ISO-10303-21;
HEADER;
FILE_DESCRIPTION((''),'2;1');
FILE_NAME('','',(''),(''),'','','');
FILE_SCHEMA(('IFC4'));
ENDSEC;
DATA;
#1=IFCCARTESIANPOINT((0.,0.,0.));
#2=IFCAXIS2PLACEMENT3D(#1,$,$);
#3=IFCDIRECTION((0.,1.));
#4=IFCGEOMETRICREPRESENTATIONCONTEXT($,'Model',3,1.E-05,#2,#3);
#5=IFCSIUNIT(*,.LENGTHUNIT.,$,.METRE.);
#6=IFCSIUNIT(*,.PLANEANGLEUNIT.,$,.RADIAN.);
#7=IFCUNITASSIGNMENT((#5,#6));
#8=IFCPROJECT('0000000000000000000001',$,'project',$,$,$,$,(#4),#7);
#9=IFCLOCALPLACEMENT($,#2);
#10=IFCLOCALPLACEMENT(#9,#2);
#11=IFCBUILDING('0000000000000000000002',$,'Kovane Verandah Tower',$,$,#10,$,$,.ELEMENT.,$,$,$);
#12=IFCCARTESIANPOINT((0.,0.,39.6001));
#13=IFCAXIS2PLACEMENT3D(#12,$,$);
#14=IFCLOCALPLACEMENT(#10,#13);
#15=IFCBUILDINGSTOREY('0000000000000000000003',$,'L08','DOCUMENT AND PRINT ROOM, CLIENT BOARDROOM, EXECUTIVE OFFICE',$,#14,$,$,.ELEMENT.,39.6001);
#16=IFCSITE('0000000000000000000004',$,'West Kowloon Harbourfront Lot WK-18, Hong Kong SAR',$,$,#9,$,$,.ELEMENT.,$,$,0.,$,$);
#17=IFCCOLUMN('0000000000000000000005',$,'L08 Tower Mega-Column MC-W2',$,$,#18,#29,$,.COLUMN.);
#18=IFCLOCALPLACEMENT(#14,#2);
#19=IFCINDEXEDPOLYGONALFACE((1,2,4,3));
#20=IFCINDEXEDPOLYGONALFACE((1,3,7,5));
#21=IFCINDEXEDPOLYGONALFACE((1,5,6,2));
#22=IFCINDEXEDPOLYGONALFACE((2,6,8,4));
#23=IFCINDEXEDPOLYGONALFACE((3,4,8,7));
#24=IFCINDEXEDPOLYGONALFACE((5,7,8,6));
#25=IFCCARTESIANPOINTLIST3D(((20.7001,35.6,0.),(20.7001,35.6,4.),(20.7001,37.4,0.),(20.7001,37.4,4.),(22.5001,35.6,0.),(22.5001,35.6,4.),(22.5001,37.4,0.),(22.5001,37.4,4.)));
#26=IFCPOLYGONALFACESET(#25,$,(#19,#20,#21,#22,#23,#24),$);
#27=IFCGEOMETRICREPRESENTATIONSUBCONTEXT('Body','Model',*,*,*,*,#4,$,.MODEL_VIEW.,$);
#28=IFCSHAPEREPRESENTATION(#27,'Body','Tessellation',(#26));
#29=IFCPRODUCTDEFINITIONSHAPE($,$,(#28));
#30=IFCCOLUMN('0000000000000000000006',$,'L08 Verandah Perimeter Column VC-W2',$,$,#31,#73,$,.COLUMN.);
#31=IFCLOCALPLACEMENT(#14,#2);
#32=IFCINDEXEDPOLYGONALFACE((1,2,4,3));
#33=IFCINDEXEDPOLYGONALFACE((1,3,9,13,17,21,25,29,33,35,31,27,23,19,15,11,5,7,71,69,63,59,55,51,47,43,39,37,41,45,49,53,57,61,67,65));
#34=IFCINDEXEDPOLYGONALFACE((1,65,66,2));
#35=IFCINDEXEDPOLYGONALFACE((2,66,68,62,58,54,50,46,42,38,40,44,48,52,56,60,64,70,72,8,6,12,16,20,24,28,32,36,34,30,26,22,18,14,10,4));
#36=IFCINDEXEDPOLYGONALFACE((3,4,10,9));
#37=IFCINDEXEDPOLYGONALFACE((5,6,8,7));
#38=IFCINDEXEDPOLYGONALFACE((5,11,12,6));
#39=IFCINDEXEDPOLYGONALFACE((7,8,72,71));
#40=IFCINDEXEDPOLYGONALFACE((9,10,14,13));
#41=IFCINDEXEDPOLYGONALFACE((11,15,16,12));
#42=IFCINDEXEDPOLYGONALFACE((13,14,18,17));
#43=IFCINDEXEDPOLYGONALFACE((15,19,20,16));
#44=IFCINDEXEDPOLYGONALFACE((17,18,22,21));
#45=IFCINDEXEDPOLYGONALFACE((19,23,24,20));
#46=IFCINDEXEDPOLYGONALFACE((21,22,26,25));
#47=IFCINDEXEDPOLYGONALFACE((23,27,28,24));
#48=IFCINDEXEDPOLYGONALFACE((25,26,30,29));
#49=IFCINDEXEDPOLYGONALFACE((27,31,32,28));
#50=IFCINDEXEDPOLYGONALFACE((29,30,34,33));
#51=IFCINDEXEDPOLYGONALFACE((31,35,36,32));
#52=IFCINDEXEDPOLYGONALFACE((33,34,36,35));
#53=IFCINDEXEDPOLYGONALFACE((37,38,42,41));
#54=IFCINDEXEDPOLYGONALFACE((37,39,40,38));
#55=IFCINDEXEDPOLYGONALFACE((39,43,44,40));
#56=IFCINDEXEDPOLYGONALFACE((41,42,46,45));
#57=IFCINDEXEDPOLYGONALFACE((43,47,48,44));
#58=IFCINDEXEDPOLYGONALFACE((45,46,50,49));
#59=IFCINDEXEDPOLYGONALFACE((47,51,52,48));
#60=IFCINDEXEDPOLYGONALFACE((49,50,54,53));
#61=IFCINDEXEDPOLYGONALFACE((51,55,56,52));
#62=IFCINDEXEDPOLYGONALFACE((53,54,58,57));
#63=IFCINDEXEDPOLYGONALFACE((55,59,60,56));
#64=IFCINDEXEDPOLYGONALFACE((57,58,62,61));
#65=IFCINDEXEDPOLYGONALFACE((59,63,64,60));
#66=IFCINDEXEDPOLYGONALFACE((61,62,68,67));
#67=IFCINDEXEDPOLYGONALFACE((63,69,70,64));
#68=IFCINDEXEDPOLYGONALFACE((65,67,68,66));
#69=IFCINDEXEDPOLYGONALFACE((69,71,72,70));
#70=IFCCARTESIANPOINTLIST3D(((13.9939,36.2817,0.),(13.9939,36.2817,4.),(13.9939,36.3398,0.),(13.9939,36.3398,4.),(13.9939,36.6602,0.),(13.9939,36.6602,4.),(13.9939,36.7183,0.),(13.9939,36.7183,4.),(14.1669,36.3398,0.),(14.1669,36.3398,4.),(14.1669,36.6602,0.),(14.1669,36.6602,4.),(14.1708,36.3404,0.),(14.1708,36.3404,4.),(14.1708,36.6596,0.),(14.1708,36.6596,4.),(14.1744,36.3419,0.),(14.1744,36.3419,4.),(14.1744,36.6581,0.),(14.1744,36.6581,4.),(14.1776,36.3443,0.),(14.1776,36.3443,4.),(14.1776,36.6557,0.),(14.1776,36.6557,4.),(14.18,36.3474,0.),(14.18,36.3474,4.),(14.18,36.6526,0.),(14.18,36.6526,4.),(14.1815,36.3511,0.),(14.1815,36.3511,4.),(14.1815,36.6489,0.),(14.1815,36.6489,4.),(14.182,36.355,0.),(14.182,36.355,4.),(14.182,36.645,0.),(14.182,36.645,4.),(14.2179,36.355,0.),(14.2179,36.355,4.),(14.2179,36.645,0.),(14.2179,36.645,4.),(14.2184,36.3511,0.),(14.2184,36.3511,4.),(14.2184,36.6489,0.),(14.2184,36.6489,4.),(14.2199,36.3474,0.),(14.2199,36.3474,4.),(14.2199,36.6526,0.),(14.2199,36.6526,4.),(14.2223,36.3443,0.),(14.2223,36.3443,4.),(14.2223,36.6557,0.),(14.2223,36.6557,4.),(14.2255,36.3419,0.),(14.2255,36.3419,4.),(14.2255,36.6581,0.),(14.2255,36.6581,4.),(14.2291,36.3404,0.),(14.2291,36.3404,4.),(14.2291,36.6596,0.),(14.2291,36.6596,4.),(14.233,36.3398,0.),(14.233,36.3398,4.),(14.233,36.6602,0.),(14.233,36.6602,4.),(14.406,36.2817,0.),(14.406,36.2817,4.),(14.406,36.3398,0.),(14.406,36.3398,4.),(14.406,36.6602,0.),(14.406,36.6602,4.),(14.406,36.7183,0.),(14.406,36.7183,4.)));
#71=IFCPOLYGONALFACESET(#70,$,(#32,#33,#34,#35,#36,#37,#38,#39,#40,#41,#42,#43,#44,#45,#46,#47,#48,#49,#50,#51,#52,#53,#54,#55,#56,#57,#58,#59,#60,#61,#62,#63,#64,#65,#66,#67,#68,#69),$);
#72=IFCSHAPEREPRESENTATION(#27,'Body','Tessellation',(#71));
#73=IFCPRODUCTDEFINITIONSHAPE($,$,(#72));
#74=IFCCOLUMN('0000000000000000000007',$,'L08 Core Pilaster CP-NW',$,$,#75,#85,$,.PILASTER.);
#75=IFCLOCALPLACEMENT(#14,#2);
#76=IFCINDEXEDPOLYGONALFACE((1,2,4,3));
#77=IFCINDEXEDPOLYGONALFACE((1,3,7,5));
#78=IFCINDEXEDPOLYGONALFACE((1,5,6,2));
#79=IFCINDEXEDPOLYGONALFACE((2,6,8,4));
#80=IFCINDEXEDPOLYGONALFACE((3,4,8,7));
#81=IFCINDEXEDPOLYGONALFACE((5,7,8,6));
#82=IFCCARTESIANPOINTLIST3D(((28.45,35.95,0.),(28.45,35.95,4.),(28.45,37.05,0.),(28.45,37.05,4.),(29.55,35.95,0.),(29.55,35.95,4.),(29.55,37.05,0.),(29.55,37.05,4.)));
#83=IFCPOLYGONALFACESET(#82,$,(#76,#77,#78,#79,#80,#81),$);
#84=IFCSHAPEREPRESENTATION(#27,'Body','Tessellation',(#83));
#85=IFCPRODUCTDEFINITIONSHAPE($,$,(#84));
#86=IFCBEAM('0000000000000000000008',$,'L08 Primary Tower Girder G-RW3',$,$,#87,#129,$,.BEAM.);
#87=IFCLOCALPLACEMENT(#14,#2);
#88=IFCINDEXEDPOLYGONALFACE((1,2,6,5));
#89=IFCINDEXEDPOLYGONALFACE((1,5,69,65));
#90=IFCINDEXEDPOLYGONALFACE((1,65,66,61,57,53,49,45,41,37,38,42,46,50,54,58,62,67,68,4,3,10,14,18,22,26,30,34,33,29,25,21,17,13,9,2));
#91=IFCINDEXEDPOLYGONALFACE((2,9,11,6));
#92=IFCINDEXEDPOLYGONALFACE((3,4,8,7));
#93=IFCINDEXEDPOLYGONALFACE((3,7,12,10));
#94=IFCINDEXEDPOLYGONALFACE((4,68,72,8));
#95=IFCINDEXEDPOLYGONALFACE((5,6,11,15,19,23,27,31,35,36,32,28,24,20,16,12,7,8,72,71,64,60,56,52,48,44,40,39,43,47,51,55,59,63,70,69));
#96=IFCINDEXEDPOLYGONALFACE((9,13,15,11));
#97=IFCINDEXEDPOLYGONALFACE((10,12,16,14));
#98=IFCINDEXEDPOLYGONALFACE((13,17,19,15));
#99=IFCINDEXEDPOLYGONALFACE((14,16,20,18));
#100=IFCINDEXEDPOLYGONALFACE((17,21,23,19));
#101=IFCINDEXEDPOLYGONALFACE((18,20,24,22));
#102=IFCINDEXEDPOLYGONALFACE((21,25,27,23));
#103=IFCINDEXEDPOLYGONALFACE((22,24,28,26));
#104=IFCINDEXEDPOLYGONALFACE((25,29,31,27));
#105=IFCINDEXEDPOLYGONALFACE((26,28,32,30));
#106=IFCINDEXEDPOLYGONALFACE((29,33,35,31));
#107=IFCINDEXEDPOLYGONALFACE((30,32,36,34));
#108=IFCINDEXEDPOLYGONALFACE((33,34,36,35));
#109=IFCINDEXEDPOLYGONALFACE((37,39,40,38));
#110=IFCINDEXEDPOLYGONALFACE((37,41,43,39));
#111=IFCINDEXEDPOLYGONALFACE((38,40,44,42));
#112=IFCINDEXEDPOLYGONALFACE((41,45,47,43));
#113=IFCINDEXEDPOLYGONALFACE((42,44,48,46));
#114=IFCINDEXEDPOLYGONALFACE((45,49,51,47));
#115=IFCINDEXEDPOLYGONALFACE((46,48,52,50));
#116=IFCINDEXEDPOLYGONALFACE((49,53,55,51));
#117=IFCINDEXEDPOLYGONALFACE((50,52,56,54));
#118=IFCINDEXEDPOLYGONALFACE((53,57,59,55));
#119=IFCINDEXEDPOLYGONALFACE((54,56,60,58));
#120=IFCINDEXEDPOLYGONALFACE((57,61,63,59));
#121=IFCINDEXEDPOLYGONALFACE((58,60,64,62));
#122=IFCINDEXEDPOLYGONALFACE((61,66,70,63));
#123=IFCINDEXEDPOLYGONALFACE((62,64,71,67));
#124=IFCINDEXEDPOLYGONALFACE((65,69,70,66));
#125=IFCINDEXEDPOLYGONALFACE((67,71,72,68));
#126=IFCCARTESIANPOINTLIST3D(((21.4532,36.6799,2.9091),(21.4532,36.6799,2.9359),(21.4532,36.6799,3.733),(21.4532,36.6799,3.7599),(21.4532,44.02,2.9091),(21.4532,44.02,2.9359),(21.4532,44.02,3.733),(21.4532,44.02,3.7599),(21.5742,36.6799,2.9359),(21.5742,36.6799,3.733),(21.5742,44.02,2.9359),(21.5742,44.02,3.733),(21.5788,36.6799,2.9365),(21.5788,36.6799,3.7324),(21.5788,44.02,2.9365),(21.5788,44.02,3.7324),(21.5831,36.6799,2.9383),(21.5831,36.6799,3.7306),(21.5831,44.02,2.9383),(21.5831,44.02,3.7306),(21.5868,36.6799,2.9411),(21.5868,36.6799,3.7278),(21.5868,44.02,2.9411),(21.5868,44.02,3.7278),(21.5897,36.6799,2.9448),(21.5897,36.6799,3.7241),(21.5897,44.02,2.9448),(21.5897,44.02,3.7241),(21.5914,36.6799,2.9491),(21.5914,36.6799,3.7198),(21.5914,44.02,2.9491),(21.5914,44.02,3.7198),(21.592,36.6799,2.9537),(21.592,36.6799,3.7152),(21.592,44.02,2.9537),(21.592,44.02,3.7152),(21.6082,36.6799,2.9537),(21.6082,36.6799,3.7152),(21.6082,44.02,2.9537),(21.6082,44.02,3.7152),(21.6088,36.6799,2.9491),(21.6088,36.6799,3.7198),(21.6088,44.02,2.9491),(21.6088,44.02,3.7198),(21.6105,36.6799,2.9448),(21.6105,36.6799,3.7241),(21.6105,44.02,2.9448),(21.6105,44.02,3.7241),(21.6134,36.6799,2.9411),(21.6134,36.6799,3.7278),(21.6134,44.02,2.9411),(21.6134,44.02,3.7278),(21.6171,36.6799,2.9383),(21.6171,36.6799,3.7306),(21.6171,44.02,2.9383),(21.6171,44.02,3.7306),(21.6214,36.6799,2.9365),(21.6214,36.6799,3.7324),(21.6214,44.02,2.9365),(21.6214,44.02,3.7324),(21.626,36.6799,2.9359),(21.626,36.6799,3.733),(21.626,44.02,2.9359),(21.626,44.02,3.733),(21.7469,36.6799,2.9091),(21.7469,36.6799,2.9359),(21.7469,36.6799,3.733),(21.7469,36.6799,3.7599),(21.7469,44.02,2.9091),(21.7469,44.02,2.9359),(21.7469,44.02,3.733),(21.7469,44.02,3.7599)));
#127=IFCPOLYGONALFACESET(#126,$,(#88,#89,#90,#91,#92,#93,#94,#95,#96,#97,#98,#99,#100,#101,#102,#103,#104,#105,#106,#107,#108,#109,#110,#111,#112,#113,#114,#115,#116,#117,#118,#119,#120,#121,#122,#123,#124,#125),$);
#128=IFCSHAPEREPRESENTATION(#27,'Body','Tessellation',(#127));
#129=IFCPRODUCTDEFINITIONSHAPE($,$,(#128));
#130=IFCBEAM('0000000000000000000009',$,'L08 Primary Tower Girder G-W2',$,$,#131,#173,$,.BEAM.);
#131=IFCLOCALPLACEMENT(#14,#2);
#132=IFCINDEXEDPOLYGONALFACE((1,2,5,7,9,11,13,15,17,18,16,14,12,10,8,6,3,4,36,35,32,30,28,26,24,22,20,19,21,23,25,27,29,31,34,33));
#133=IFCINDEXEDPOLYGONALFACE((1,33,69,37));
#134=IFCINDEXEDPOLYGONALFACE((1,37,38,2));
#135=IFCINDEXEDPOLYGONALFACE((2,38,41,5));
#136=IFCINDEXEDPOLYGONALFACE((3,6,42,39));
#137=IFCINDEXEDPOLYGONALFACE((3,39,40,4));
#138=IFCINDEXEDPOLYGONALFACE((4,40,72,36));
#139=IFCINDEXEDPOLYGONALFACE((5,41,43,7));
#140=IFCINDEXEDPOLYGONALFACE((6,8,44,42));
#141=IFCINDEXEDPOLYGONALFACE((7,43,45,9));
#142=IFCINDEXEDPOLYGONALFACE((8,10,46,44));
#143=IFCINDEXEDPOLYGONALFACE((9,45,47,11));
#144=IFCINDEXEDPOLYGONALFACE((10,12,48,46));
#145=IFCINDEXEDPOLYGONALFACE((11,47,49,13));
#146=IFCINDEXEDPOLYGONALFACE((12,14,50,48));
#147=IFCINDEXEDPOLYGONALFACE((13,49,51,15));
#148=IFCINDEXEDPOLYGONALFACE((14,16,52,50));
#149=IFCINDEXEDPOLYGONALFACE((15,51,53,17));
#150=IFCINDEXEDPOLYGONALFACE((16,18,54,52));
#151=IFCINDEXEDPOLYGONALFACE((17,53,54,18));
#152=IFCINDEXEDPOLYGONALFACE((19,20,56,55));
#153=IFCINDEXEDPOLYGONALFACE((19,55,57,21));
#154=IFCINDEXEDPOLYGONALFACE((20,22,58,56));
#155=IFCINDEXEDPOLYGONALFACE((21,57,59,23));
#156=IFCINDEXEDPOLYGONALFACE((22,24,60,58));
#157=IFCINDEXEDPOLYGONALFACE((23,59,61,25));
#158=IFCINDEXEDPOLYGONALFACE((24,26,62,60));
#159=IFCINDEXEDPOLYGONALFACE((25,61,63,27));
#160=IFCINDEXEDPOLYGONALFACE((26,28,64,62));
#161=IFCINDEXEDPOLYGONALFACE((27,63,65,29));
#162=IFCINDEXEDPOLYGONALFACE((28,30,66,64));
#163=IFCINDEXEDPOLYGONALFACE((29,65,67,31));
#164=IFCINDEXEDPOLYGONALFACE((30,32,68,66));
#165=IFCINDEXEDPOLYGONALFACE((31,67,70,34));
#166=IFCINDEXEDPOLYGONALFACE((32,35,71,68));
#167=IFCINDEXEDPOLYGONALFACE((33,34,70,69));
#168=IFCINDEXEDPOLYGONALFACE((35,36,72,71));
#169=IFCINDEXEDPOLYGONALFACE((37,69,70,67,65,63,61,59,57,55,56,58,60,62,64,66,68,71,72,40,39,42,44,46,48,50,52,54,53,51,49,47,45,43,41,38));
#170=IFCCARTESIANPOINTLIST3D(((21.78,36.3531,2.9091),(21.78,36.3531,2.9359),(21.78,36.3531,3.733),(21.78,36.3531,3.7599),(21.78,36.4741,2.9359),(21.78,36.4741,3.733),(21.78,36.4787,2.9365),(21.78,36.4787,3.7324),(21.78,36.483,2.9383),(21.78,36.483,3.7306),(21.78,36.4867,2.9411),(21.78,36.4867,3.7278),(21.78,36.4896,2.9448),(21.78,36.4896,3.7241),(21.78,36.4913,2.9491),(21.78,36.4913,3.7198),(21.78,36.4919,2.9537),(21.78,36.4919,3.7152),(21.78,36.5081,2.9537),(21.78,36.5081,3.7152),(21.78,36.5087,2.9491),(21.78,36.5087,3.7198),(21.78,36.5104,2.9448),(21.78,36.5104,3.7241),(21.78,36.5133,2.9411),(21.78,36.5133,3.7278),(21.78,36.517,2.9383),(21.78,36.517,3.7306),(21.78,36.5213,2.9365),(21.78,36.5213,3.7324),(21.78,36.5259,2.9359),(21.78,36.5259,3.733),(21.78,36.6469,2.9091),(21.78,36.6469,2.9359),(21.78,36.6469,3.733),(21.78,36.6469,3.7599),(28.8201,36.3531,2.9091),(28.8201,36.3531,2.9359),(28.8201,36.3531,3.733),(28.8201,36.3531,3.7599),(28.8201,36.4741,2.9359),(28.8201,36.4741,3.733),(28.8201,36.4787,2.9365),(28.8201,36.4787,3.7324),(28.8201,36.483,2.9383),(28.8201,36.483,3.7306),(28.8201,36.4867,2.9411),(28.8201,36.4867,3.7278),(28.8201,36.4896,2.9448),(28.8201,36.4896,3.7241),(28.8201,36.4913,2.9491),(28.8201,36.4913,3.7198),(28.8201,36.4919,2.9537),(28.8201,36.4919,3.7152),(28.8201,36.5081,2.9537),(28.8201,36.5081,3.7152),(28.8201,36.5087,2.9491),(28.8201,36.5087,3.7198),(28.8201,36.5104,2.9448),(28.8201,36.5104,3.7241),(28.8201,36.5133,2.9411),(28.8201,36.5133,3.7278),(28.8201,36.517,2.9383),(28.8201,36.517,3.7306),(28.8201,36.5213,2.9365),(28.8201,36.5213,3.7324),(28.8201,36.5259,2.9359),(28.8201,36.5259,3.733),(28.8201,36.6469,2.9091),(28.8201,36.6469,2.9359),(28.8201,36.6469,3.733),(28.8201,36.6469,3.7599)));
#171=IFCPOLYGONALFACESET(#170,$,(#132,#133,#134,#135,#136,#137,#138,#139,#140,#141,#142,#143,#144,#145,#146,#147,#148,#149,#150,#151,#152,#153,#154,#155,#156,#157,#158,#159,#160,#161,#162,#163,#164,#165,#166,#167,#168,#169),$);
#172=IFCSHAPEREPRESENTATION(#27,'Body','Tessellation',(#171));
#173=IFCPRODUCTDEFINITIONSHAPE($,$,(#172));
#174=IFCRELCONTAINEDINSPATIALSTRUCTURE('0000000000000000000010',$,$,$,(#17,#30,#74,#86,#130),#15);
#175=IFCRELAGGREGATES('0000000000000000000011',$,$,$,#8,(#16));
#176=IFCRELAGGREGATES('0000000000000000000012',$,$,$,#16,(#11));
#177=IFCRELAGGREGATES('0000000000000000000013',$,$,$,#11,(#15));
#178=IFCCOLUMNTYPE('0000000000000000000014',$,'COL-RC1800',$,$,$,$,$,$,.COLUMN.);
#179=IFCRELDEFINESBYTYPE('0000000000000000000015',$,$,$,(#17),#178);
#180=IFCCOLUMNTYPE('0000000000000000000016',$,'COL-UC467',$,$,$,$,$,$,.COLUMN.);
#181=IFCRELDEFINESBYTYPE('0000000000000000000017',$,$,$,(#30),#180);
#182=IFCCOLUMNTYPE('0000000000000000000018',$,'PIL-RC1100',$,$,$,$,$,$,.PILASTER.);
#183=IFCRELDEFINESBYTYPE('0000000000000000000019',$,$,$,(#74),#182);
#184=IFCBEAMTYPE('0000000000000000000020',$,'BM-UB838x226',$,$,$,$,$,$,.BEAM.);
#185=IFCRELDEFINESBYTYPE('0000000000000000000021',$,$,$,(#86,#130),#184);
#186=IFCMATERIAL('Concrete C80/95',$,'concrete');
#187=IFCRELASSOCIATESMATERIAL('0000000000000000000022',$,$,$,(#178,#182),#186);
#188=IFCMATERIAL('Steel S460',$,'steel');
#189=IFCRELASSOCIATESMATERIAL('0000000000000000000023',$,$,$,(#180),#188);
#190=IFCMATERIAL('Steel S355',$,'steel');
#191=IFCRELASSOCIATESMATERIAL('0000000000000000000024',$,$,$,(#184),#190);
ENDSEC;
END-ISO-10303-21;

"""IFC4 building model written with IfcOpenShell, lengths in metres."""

from ifc_helpers import new_model, si_unit, direction, frame, origin, origin_2d, place, context, subcontext, project, spatial, rectangle, i_section, extrude, material, material_profile, profile_set, type_object, element, save


model = new_model("IFC4")

# Units and contexts
model_context = context("Model", 3, precision=1e-05, world=origin(), true_north=direction((0.0, 1.0)))
body_context = subcontext(model_context, "Body", "Model", "MODEL_VIEW")
ifc_project = project(units=[si_unit("LENGTHUNIT", "METRE"), si_unit("PLANEANGLEUNIT", "RADIAN")], contexts=[model_context])

# Site, building, storey
site_placement = place(None, origin())
site = spatial("IfcSite", under=ifc_project, at=site_placement, Name="West Kowloon Harbourfront Lot WK-18, Hong Kong SAR", CompositionType="ELEMENT", RefElevation=0.0)
building_placement = place(site_placement, origin())
building = spatial("IfcBuilding", under=site, at=building_placement, Name="Kovane Verandah Tower", CompositionType="ELEMENT")
storey_placement = place(building_placement, frame((0.0, 0.0, 39.6001)))
storey = spatial("IfcBuildingStorey", under=building, at=storey_placement, Name="L08", Description="DOCUMENT AND PRINT ROOM, CLIENT BOARDROOM, EXECUTIVE OFFICE", CompositionType="ELEMENT", Elevation=39.6001)

# Columns
ifc_material_1 = material(Name="Concrete C80/95", Category="concrete")
ifc_material_profile_1 = material_profile(ifc_material_1, rectangle(XDim=1.8, YDim=1.8, at=origin_2d()), Name="RC1800x1800")
ifc_profile_set_1 = profile_set([ifc_material_profile_1], Name="Concrete C80/95")
column_type_1 = type_object("IfcColumnType", Name="COL-RC1800", PredefinedType="COLUMN", material=ifc_profile_set_1)
column_1_placement = place(storey_placement, frame((21.6001, 36.5, 0.0), z_axis=(0.0, 0.0, 1.0), x_axis=(1.0, 0.0, 0.0)))
element("IfcColumn", 1, at=column_1_placement, inside=storey, type_object=column_type_1, Name="L08 Tower Mega-Column MC-W2", PredefinedType="COLUMN", context=body_context, shape_type="SweptSolid", body=[
    extrude(rectangle(XDim=1.8, YDim=1.8, at=origin_2d()), origin(), (0.0, 0.0, 1.0), 4.0),
])
ifc_material_2 = material(Name="Steel S460", Category="steel")
ifc_material_profile_2 = material_profile(ifc_material_2, i_section(OverallWidth=0.4121, OverallDepth=0.4365, WebThickness=0.0359, FlangeThickness=0.0581, FilletRadius=0.0151, at=origin_2d()), Name="UC356x406x467")
ifc_profile_set_2 = profile_set([ifc_material_profile_2], Name="Steel S460")
column_type_2 = type_object("IfcColumnType", Name="COL-UC467", PredefinedType="COLUMN", material=ifc_profile_set_2)
column_2_placement = place(storey_placement, frame((14.2, 36.5, 0.0), z_axis=(0.0, 0.0, 1.0), x_axis=(1.0, 0.0, 0.0)))
element("IfcColumn", 2, at=column_2_placement, inside=storey, type_object=column_type_2, Name="L08 Verandah Perimeter Column VC-W2", PredefinedType="COLUMN", context=body_context, shape_type="SweptSolid", body=[
    extrude(i_section(OverallWidth=0.4121, OverallDepth=0.4365, WebThickness=0.0359, FlangeThickness=0.0581, FilletRadius=0.0151, at=origin_2d()), origin(), (0.0, 0.0, 1.0), 4.0),
])
ifc_material_profile_3 = material_profile(ifc_material_1, rectangle(XDim=1.1001, YDim=1.1001, at=origin_2d()), Name="RC1100x1100")
ifc_profile_set_3 = profile_set([ifc_material_profile_3], Name="Concrete C80/95")
column_type_3 = type_object("IfcColumnType", Name="PIL-RC1100", PredefinedType="PILASTER", material=ifc_profile_set_3)
column_3_placement = place(storey_placement, frame((29.0, 36.5, 0.0), z_axis=(0.0, 0.0, 1.0), x_axis=(1.0, 0.0, 0.0)))
element("IfcColumn", 3, at=column_3_placement, inside=storey, type_object=column_type_3, Name="L08 Core Pilaster CP-NW", PredefinedType="PILASTER", context=body_context, shape_type="SweptSolid", body=[
    extrude(rectangle(XDim=1.1001, YDim=1.1001, at=origin_2d()), origin(), (0.0, 0.0, 1.0), 4.0),
])

# Beams
ifc_material_3 = material(Name="Steel S355", Category="steel")
ifc_material_profile_4 = material_profile(ifc_material_3, i_section(OverallWidth=0.2937, OverallDepth=0.8508, WebThickness=0.0161, FlangeThickness=0.0269, FilletRadius=0.0178, at=origin_2d()), Name="UB838x292x226")
ifc_profile_set_4 = profile_set([ifc_material_profile_4], Name="Steel S355")
beam_type_1 = type_object("IfcBeamType", Name="BM-UB838x226", PredefinedType="BEAM", material=ifc_profile_set_4)
beam_1_placement = place(storey_placement, frame((21.6001, 36.6799, 3.3345), z_axis=(0.0, 1.0, 0.0), x_axis=(-1.0, 0.0, 0.0)))
element("IfcBeam", 4, at=beam_1_placement, inside=storey, type_object=beam_type_1, Name="L08 Primary Tower Girder G-RW3", PredefinedType="BEAM", context=body_context, shape_type="SweptSolid", body=[
    extrude(i_section(OverallWidth=0.2937, OverallDepth=0.8508, WebThickness=0.0161, FlangeThickness=0.0269, FilletRadius=0.0178, at=origin_2d()), origin(), (0.0, 0.0, 1.0), 7.3401),
])
beam_2_placement = place(storey_placement, frame((28.8201, 36.5, 3.3345), z_axis=(-1.0, 0.0, 0.0), x_axis=(0.0, -1.0, 0.0)))
element("IfcBeam", 5, at=beam_2_placement, inside=storey, type_object=beam_type_1, Name="L08 Primary Tower Girder G-W2", PredefinedType="BEAM", context=body_context, shape_type="SweptSolid", body=[
    extrude(i_section(OverallWidth=0.2937, OverallDepth=0.8508, WebThickness=0.0161, FlangeThickness=0.0269, FilletRadius=0.0178, at=origin_2d()), origin(), (0.0, 0.0, 1.0), 7.04),
])

save(model, "model.ifc")
